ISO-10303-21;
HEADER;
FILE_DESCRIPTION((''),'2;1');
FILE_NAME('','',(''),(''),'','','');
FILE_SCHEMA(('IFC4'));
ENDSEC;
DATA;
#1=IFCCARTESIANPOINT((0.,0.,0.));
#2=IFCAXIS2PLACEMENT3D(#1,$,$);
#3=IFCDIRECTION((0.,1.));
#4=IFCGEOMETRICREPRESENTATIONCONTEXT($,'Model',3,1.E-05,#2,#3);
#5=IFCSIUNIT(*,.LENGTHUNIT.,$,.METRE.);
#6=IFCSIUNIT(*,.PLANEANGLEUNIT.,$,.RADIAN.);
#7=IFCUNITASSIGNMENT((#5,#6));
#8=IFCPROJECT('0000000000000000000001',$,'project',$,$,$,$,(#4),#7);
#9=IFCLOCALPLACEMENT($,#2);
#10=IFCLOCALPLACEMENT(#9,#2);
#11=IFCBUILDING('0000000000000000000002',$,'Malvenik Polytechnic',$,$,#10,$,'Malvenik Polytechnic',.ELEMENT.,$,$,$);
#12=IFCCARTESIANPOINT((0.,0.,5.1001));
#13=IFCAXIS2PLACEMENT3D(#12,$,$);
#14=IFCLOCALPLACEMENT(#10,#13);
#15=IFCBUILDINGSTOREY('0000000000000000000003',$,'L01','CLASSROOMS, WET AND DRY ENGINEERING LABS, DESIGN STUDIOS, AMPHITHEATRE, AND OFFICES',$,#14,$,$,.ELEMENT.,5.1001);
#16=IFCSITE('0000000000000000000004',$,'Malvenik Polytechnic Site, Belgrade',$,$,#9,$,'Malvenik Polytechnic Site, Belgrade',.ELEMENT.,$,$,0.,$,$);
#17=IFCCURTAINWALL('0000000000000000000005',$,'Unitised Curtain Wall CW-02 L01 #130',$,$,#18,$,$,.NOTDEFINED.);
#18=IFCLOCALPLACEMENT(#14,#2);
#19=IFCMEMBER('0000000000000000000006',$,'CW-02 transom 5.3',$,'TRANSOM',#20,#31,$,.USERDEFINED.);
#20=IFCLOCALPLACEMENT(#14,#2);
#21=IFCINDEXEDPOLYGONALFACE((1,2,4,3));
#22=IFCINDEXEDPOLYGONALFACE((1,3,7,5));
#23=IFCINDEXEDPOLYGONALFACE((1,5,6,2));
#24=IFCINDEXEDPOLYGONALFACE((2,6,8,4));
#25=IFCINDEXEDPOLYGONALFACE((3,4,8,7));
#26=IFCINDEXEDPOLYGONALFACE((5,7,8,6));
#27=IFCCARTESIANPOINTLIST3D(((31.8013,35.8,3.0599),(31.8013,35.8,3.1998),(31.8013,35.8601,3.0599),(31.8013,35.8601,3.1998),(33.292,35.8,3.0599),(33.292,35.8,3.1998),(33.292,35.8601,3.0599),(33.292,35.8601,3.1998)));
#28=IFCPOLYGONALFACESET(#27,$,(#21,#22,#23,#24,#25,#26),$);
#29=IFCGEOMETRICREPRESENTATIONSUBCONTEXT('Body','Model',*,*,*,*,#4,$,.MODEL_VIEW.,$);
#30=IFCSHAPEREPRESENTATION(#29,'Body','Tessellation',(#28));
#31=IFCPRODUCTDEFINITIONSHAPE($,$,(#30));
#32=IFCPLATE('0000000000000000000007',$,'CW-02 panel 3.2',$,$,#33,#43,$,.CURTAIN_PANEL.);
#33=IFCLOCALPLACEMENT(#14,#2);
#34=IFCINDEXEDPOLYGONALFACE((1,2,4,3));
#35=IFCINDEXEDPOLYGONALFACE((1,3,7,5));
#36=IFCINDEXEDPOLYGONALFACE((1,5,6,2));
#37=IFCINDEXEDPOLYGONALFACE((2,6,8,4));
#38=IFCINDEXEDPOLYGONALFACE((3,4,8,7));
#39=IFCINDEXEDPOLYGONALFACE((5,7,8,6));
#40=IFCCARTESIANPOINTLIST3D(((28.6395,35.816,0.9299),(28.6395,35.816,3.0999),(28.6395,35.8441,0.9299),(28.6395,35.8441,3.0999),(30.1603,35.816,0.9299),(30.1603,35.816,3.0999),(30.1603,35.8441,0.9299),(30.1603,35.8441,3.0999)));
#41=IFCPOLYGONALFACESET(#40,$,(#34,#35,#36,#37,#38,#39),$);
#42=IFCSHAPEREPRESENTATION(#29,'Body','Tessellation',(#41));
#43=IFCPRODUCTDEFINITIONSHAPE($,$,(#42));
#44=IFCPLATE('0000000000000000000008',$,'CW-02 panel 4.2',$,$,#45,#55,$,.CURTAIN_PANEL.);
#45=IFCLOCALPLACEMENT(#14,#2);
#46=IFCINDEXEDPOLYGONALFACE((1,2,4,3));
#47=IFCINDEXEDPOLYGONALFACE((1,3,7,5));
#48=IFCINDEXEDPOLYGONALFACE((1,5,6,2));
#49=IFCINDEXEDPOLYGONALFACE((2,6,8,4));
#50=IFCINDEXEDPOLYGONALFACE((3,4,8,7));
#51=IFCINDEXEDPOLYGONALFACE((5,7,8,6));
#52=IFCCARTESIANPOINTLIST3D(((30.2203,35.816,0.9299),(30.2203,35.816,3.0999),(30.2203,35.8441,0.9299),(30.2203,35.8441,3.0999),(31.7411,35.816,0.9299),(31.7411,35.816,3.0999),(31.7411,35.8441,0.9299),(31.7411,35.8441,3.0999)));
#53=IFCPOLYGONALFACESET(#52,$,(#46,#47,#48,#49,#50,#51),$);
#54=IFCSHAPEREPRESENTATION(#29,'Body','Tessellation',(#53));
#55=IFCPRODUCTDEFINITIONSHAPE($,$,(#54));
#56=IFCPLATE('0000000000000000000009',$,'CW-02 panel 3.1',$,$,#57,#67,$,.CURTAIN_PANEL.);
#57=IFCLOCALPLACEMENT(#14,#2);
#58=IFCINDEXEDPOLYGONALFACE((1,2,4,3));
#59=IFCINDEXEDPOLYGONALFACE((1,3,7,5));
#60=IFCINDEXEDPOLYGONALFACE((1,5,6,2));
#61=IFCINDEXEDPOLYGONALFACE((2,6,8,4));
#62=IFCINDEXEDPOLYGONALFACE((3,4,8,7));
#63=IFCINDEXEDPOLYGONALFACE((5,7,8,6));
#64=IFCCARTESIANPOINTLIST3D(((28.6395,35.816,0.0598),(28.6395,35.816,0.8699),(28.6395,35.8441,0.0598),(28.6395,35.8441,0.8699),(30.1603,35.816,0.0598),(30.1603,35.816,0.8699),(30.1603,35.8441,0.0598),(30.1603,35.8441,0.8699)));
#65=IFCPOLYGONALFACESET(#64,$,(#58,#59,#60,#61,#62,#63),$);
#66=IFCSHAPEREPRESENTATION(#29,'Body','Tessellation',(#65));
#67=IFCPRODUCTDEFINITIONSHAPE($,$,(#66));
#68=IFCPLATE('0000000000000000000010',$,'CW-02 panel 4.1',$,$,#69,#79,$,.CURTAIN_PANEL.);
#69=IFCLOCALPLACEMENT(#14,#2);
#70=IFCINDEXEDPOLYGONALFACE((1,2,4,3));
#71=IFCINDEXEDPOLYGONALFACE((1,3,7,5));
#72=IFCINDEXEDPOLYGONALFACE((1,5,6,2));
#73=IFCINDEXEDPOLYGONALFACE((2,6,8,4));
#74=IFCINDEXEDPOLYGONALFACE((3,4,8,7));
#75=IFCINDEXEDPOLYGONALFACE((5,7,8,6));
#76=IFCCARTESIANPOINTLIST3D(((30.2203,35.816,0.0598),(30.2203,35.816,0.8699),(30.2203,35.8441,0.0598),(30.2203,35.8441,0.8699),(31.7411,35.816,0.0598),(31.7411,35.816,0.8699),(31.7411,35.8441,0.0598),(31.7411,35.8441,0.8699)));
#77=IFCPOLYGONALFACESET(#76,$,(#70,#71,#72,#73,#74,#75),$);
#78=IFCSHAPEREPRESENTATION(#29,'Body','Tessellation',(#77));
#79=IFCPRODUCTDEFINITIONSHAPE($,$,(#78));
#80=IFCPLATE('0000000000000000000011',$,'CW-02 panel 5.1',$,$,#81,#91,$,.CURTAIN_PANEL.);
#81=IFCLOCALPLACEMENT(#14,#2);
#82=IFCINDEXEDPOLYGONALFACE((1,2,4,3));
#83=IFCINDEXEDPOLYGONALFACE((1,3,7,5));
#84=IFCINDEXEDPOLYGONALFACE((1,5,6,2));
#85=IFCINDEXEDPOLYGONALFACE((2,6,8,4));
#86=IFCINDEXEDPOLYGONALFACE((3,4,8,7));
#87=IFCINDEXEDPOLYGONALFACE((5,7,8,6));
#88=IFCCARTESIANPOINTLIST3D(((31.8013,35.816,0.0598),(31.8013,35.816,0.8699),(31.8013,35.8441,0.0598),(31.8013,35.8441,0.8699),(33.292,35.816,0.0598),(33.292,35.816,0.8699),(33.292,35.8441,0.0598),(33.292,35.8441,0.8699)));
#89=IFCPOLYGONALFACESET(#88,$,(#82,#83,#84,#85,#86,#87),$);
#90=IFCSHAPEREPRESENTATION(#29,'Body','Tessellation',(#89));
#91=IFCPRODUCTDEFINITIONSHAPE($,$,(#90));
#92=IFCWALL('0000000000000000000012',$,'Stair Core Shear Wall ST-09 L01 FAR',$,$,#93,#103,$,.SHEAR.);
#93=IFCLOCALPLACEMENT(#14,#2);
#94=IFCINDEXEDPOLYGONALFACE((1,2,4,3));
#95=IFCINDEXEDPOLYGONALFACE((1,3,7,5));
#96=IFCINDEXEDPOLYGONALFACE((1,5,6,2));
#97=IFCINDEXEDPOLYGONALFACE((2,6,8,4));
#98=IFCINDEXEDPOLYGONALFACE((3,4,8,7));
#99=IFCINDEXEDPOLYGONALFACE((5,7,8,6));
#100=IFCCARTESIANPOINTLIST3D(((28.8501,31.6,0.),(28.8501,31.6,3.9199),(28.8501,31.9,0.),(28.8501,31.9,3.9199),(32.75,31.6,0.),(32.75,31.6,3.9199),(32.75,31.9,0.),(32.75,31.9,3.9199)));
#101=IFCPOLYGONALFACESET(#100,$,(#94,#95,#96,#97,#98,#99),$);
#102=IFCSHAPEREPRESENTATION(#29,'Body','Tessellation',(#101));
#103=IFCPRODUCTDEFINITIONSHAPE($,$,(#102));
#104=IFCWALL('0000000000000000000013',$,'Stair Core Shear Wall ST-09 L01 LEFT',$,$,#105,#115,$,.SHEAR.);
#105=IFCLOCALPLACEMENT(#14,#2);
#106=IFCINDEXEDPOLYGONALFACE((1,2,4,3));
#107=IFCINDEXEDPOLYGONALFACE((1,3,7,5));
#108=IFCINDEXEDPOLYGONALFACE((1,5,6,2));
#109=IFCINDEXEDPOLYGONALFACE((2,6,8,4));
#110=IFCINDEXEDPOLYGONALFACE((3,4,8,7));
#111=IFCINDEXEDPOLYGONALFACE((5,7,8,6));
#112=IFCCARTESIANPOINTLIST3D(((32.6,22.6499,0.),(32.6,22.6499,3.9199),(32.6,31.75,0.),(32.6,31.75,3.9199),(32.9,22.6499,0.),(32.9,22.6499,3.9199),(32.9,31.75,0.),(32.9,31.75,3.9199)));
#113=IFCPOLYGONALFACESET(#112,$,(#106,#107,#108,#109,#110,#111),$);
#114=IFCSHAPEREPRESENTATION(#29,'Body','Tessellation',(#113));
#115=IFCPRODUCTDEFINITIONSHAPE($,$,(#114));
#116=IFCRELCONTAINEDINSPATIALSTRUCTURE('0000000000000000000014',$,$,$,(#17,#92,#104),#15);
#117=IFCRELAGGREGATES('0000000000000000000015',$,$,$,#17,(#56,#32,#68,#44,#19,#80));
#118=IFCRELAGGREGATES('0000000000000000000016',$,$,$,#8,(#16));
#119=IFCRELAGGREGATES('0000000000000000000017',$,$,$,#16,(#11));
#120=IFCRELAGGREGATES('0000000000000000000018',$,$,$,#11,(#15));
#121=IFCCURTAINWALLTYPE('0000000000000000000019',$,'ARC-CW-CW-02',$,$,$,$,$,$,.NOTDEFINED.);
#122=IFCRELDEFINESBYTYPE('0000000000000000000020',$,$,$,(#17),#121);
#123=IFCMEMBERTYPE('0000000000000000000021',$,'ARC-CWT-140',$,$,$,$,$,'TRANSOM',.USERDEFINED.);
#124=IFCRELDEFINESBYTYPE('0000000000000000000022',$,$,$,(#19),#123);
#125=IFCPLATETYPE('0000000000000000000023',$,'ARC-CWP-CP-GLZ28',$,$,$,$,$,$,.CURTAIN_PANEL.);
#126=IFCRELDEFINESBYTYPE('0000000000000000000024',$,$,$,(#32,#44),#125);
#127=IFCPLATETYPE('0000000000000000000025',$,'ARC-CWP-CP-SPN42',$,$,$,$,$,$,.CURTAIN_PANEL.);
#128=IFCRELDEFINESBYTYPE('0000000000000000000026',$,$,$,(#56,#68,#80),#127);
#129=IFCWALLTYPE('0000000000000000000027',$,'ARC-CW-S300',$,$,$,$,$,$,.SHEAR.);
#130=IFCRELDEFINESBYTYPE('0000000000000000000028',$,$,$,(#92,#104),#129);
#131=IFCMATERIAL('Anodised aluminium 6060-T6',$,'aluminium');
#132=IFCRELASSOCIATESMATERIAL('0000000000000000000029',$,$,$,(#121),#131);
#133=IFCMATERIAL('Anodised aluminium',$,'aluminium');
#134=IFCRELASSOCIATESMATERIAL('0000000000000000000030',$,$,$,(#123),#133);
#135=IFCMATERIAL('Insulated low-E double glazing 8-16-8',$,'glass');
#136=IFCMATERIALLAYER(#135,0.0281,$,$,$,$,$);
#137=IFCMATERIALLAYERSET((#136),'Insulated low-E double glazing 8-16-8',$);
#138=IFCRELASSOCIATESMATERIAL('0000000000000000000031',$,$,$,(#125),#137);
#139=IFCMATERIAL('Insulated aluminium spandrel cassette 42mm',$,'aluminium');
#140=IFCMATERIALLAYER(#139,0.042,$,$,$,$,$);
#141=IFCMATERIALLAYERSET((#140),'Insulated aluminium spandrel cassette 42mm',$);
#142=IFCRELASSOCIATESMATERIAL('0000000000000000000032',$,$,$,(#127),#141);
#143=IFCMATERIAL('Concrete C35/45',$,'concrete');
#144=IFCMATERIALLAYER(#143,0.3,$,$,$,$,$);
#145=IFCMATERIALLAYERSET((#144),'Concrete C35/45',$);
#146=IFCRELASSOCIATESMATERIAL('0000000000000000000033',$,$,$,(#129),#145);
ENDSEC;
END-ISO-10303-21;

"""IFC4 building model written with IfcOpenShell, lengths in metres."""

from ifc_helpers import new_model, si_unit, direction, frame, frame_2d, origin, origin_2d, place, context, subcontext, project, spatial, rectangle, extrude, material, layer, layer_set, material_profile, profile_set, type_object, element, aggregate, save


model = new_model("IFC4")

# Units and contexts
model_context = context("Model", 3, precision=1e-05, world=origin(), true_north=direction((0.0, 1.0)))
body_context = subcontext(model_context, "Body", "Model", "MODEL_VIEW")
ifc_project = project(units=[si_unit("LENGTHUNIT", "METRE"), si_unit("PLANEANGLEUNIT", "RADIAN")], contexts=[model_context])

# Site, building, storey
site_placement = place(None, origin())
site = spatial("IfcSite", under=ifc_project, at=site_placement, Name="Malvenik Polytechnic Site, Belgrade", LongName="Malvenik Polytechnic Site, Belgrade", CompositionType="ELEMENT", RefElevation=0.0)
building_placement = place(site_placement, origin())
building = spatial("IfcBuilding", under=site, at=building_placement, Name="Malvenik Polytechnic", LongName="Malvenik Polytechnic", CompositionType="ELEMENT")
storey_placement = place(building_placement, frame((0.0, 0.0, 5.1001)))
storey = spatial("IfcBuildingStorey", under=building, at=storey_placement, Name="L01", Description="CLASSROOMS, WET AND DRY ENGINEERING LABS, DESIGN STUDIOS, AMPHITHEATRE, AND OFFICES", CompositionType="ELEMENT", Elevation=5.1001)

# Shared definitions
ifc_material_1 = material(Name="Concrete C35/45", Category="concrete")

# Curtain wall, member, plates
ifc_material_2 = material(Name="Anodised aluminium 6060-T6", Category="aluminium")
curtain_wall_type = type_object("IfcCurtainWallType", Name="ARC-CW-CW-02", PredefinedType="NOTDEFINED", material=ifc_material_2)
curtain_wall_placement = place(storey_placement, origin())
curtain_wall = element("IfcCurtainWall", 1, at=curtain_wall_placement, inside=storey, type_object=curtain_wall_type, Name="Unitised Curtain Wall CW-02 L01 #130", PredefinedType="NOTDEFINED")
ifc_material_3 = material(Name="Anodised aluminium", Category="aluminium")
ifc_material_profile_1 = material_profile(ifc_material_3, rectangle(XDim=0.0601, YDim=0.1399, at=origin_2d()), Name="ALU TRANSOM 60x140")
ifc_profile_set_1 = profile_set([ifc_material_profile_1], Name="Anodised aluminium")
member_type_1 = type_object("IfcMemberType", Name="ARC-CWT-140", ElementType="TRANSOM", PredefinedType="USERDEFINED", material=ifc_profile_set_1)
member_1_placement = place(storey_placement, frame((31.8013, 35.8301, 3.1299), z_axis=(1.0, 0.0, 0.0), x_axis=(0.0, 1.0, 0.0)))
member_1 = element("IfcMember", 2, at=member_1_placement, type_object=member_type_1, Name="CW-02 transom 5.3", ObjectType="TRANSOM", PredefinedType="USERDEFINED", context=body_context, shape_type="SweptSolid", body=[
    extrude(rectangle(XDim=0.0601, YDim=0.1399, at=origin_2d()), origin(), (0.0, 0.0, 1.0), 1.4907),
])
ifc_material_4 = material(Name="Insulated low-E double glazing 8-16-8", Category="glass")
ifc_layer_1 = layer(ifc_material_4, 0.0281)
ifc_layer_set_1 = layer_set([ifc_layer_1], Name="Insulated low-E double glazing 8-16-8")
plate_type_1 = type_object("IfcPlateType", Name="ARC-CWP-CP-GLZ28", PredefinedType="CURTAIN_PANEL", material=ifc_layer_set_1)
plate_1_placement = place(storey_placement, frame((29.3999, 35.8301, 0.9299), z_axis=(0.0, 0.0, 1.0), x_axis=(1.0, 0.0, 0.0)))
plate_1 = element("IfcPlate", 3, at=plate_1_placement, type_object=plate_type_1, Name="CW-02 panel 3.2", PredefinedType="CURTAIN_PANEL", context=body_context, shape_type="SweptSolid", body=[
    extrude(rectangle(XDim=1.5208, YDim=0.0281, at=origin_2d()), origin(), (0.0, 0.0, 1.0), 2.1699),
])
plate_2_placement = place(storey_placement, frame((30.9807, 35.8301, 0.9299), z_axis=(0.0, 0.0, 1.0), x_axis=(1.0, 0.0, 0.0)))
plate_2 = element("IfcPlate", 4, at=plate_2_placement, type_object=plate_type_1, Name="CW-02 panel 4.2", PredefinedType="CURTAIN_PANEL", context=body_context, shape_type="SweptSolid", body=[
    extrude(rectangle(XDim=1.5208, YDim=0.0281, at=origin_2d()), origin(), (0.0, 0.0, 1.0), 2.1699),
])
ifc_material_5 = material(Name="Insulated aluminium spandrel cassette 42mm", Category="aluminium")
ifc_layer_2 = layer(ifc_material_5, 0.042)
ifc_layer_set_2 = layer_set([ifc_layer_2], Name="Insulated aluminium spandrel cassette 42mm")
plate_type_2 = type_object("IfcPlateType", Name="ARC-CWP-CP-SPN42", PredefinedType="CURTAIN_PANEL", material=ifc_layer_set_2)
plate_3_placement = place(storey_placement, frame((29.3999, 35.8301, 0.0598), z_axis=(0.0, 0.0, 1.0), x_axis=(1.0, 0.0, 0.0)))
plate_3 = element("IfcPlate", 5, at=plate_3_placement, type_object=plate_type_2, Name="CW-02 panel 3.1", PredefinedType="CURTAIN_PANEL", context=body_context, shape_type="SweptSolid", body=[
    extrude(rectangle(XDim=1.5208, YDim=0.0281, at=origin_2d()), origin(), (0.0, 0.0, 1.0), 0.8101),
])
plate_4_placement = place(storey_placement, frame((30.9807, 35.8301, 0.0598), z_axis=(0.0, 0.0, 1.0), x_axis=(1.0, 0.0, 0.0)))
plate_4 = element("IfcPlate", 6, at=plate_4_placement, type_object=plate_type_2, Name="CW-02 panel 4.1", PredefinedType="CURTAIN_PANEL", context=body_context, shape_type="SweptSolid", body=[
    extrude(rectangle(XDim=1.5208, YDim=0.0281, at=origin_2d()), origin(), (0.0, 0.0, 1.0), 0.8101),
])
plate_5_placement = place(storey_placement, frame((32.5466, 35.8301, 0.0598), z_axis=(0.0, 0.0, 1.0), x_axis=(1.0, 0.0, 0.0)))
plate_5 = element("IfcPlate", 7, at=plate_5_placement, type_object=plate_type_2, Name="CW-02 panel 5.1", PredefinedType="CURTAIN_PANEL", context=body_context, shape_type="SweptSolid", body=[
    extrude(rectangle(XDim=1.4907, YDim=0.0281, at=origin_2d()), origin(), (0.0, 0.0, 1.0), 0.8101),
])
aggregate(curtain_wall, [plate_3, plate_1, plate_4, plate_2, member_1, plate_5])

# Walls
ifc_layer_3 = layer(ifc_material_1, 0.3)
ifc_layer_set_3 = layer_set([ifc_layer_3], Name="Concrete C35/45")
wall_type = type_object("IfcWallType", Name="ARC-CW-S300", PredefinedType="SHEAR", material=ifc_layer_set_3)
wall_1_placement = place(storey_placement, frame((28.8501, 31.75, 0.0), z_axis=(0.0, 0.0, 1.0), x_axis=(1.0, 0.0, 0.0)))
element("IfcWall", 8, at=wall_1_placement, inside=storey, type_object=wall_type, Name="Stair Core Shear Wall ST-09 L01 FAR", PredefinedType="SHEAR", context=body_context, shape_type="SweptSolid", body=[
    extrude(rectangle(XDim=3.8999, YDim=0.3, at=frame_2d((1.95, 0.0))), origin(), (0.0, 0.0, 1.0), 3.9199),
])
wall_2_placement = place(storey_placement, frame((32.75, 31.75, 0.0), z_axis=(0.0, 0.0, 1.0), x_axis=(0.0, -1.0, 0.0)))
element("IfcWall", 9, at=wall_2_placement, inside=storey, type_object=wall_type, Name="Stair Core Shear Wall ST-09 L01 LEFT", PredefinedType="SHEAR", context=body_context, shape_type="SweptSolid", body=[
    extrude(rectangle(XDim=9.1001, YDim=0.3, at=frame_2d((4.55, 0.0))), origin(), (0.0, 0.0, 1.0), 3.9199),
])

save(model, "model.ifc")
